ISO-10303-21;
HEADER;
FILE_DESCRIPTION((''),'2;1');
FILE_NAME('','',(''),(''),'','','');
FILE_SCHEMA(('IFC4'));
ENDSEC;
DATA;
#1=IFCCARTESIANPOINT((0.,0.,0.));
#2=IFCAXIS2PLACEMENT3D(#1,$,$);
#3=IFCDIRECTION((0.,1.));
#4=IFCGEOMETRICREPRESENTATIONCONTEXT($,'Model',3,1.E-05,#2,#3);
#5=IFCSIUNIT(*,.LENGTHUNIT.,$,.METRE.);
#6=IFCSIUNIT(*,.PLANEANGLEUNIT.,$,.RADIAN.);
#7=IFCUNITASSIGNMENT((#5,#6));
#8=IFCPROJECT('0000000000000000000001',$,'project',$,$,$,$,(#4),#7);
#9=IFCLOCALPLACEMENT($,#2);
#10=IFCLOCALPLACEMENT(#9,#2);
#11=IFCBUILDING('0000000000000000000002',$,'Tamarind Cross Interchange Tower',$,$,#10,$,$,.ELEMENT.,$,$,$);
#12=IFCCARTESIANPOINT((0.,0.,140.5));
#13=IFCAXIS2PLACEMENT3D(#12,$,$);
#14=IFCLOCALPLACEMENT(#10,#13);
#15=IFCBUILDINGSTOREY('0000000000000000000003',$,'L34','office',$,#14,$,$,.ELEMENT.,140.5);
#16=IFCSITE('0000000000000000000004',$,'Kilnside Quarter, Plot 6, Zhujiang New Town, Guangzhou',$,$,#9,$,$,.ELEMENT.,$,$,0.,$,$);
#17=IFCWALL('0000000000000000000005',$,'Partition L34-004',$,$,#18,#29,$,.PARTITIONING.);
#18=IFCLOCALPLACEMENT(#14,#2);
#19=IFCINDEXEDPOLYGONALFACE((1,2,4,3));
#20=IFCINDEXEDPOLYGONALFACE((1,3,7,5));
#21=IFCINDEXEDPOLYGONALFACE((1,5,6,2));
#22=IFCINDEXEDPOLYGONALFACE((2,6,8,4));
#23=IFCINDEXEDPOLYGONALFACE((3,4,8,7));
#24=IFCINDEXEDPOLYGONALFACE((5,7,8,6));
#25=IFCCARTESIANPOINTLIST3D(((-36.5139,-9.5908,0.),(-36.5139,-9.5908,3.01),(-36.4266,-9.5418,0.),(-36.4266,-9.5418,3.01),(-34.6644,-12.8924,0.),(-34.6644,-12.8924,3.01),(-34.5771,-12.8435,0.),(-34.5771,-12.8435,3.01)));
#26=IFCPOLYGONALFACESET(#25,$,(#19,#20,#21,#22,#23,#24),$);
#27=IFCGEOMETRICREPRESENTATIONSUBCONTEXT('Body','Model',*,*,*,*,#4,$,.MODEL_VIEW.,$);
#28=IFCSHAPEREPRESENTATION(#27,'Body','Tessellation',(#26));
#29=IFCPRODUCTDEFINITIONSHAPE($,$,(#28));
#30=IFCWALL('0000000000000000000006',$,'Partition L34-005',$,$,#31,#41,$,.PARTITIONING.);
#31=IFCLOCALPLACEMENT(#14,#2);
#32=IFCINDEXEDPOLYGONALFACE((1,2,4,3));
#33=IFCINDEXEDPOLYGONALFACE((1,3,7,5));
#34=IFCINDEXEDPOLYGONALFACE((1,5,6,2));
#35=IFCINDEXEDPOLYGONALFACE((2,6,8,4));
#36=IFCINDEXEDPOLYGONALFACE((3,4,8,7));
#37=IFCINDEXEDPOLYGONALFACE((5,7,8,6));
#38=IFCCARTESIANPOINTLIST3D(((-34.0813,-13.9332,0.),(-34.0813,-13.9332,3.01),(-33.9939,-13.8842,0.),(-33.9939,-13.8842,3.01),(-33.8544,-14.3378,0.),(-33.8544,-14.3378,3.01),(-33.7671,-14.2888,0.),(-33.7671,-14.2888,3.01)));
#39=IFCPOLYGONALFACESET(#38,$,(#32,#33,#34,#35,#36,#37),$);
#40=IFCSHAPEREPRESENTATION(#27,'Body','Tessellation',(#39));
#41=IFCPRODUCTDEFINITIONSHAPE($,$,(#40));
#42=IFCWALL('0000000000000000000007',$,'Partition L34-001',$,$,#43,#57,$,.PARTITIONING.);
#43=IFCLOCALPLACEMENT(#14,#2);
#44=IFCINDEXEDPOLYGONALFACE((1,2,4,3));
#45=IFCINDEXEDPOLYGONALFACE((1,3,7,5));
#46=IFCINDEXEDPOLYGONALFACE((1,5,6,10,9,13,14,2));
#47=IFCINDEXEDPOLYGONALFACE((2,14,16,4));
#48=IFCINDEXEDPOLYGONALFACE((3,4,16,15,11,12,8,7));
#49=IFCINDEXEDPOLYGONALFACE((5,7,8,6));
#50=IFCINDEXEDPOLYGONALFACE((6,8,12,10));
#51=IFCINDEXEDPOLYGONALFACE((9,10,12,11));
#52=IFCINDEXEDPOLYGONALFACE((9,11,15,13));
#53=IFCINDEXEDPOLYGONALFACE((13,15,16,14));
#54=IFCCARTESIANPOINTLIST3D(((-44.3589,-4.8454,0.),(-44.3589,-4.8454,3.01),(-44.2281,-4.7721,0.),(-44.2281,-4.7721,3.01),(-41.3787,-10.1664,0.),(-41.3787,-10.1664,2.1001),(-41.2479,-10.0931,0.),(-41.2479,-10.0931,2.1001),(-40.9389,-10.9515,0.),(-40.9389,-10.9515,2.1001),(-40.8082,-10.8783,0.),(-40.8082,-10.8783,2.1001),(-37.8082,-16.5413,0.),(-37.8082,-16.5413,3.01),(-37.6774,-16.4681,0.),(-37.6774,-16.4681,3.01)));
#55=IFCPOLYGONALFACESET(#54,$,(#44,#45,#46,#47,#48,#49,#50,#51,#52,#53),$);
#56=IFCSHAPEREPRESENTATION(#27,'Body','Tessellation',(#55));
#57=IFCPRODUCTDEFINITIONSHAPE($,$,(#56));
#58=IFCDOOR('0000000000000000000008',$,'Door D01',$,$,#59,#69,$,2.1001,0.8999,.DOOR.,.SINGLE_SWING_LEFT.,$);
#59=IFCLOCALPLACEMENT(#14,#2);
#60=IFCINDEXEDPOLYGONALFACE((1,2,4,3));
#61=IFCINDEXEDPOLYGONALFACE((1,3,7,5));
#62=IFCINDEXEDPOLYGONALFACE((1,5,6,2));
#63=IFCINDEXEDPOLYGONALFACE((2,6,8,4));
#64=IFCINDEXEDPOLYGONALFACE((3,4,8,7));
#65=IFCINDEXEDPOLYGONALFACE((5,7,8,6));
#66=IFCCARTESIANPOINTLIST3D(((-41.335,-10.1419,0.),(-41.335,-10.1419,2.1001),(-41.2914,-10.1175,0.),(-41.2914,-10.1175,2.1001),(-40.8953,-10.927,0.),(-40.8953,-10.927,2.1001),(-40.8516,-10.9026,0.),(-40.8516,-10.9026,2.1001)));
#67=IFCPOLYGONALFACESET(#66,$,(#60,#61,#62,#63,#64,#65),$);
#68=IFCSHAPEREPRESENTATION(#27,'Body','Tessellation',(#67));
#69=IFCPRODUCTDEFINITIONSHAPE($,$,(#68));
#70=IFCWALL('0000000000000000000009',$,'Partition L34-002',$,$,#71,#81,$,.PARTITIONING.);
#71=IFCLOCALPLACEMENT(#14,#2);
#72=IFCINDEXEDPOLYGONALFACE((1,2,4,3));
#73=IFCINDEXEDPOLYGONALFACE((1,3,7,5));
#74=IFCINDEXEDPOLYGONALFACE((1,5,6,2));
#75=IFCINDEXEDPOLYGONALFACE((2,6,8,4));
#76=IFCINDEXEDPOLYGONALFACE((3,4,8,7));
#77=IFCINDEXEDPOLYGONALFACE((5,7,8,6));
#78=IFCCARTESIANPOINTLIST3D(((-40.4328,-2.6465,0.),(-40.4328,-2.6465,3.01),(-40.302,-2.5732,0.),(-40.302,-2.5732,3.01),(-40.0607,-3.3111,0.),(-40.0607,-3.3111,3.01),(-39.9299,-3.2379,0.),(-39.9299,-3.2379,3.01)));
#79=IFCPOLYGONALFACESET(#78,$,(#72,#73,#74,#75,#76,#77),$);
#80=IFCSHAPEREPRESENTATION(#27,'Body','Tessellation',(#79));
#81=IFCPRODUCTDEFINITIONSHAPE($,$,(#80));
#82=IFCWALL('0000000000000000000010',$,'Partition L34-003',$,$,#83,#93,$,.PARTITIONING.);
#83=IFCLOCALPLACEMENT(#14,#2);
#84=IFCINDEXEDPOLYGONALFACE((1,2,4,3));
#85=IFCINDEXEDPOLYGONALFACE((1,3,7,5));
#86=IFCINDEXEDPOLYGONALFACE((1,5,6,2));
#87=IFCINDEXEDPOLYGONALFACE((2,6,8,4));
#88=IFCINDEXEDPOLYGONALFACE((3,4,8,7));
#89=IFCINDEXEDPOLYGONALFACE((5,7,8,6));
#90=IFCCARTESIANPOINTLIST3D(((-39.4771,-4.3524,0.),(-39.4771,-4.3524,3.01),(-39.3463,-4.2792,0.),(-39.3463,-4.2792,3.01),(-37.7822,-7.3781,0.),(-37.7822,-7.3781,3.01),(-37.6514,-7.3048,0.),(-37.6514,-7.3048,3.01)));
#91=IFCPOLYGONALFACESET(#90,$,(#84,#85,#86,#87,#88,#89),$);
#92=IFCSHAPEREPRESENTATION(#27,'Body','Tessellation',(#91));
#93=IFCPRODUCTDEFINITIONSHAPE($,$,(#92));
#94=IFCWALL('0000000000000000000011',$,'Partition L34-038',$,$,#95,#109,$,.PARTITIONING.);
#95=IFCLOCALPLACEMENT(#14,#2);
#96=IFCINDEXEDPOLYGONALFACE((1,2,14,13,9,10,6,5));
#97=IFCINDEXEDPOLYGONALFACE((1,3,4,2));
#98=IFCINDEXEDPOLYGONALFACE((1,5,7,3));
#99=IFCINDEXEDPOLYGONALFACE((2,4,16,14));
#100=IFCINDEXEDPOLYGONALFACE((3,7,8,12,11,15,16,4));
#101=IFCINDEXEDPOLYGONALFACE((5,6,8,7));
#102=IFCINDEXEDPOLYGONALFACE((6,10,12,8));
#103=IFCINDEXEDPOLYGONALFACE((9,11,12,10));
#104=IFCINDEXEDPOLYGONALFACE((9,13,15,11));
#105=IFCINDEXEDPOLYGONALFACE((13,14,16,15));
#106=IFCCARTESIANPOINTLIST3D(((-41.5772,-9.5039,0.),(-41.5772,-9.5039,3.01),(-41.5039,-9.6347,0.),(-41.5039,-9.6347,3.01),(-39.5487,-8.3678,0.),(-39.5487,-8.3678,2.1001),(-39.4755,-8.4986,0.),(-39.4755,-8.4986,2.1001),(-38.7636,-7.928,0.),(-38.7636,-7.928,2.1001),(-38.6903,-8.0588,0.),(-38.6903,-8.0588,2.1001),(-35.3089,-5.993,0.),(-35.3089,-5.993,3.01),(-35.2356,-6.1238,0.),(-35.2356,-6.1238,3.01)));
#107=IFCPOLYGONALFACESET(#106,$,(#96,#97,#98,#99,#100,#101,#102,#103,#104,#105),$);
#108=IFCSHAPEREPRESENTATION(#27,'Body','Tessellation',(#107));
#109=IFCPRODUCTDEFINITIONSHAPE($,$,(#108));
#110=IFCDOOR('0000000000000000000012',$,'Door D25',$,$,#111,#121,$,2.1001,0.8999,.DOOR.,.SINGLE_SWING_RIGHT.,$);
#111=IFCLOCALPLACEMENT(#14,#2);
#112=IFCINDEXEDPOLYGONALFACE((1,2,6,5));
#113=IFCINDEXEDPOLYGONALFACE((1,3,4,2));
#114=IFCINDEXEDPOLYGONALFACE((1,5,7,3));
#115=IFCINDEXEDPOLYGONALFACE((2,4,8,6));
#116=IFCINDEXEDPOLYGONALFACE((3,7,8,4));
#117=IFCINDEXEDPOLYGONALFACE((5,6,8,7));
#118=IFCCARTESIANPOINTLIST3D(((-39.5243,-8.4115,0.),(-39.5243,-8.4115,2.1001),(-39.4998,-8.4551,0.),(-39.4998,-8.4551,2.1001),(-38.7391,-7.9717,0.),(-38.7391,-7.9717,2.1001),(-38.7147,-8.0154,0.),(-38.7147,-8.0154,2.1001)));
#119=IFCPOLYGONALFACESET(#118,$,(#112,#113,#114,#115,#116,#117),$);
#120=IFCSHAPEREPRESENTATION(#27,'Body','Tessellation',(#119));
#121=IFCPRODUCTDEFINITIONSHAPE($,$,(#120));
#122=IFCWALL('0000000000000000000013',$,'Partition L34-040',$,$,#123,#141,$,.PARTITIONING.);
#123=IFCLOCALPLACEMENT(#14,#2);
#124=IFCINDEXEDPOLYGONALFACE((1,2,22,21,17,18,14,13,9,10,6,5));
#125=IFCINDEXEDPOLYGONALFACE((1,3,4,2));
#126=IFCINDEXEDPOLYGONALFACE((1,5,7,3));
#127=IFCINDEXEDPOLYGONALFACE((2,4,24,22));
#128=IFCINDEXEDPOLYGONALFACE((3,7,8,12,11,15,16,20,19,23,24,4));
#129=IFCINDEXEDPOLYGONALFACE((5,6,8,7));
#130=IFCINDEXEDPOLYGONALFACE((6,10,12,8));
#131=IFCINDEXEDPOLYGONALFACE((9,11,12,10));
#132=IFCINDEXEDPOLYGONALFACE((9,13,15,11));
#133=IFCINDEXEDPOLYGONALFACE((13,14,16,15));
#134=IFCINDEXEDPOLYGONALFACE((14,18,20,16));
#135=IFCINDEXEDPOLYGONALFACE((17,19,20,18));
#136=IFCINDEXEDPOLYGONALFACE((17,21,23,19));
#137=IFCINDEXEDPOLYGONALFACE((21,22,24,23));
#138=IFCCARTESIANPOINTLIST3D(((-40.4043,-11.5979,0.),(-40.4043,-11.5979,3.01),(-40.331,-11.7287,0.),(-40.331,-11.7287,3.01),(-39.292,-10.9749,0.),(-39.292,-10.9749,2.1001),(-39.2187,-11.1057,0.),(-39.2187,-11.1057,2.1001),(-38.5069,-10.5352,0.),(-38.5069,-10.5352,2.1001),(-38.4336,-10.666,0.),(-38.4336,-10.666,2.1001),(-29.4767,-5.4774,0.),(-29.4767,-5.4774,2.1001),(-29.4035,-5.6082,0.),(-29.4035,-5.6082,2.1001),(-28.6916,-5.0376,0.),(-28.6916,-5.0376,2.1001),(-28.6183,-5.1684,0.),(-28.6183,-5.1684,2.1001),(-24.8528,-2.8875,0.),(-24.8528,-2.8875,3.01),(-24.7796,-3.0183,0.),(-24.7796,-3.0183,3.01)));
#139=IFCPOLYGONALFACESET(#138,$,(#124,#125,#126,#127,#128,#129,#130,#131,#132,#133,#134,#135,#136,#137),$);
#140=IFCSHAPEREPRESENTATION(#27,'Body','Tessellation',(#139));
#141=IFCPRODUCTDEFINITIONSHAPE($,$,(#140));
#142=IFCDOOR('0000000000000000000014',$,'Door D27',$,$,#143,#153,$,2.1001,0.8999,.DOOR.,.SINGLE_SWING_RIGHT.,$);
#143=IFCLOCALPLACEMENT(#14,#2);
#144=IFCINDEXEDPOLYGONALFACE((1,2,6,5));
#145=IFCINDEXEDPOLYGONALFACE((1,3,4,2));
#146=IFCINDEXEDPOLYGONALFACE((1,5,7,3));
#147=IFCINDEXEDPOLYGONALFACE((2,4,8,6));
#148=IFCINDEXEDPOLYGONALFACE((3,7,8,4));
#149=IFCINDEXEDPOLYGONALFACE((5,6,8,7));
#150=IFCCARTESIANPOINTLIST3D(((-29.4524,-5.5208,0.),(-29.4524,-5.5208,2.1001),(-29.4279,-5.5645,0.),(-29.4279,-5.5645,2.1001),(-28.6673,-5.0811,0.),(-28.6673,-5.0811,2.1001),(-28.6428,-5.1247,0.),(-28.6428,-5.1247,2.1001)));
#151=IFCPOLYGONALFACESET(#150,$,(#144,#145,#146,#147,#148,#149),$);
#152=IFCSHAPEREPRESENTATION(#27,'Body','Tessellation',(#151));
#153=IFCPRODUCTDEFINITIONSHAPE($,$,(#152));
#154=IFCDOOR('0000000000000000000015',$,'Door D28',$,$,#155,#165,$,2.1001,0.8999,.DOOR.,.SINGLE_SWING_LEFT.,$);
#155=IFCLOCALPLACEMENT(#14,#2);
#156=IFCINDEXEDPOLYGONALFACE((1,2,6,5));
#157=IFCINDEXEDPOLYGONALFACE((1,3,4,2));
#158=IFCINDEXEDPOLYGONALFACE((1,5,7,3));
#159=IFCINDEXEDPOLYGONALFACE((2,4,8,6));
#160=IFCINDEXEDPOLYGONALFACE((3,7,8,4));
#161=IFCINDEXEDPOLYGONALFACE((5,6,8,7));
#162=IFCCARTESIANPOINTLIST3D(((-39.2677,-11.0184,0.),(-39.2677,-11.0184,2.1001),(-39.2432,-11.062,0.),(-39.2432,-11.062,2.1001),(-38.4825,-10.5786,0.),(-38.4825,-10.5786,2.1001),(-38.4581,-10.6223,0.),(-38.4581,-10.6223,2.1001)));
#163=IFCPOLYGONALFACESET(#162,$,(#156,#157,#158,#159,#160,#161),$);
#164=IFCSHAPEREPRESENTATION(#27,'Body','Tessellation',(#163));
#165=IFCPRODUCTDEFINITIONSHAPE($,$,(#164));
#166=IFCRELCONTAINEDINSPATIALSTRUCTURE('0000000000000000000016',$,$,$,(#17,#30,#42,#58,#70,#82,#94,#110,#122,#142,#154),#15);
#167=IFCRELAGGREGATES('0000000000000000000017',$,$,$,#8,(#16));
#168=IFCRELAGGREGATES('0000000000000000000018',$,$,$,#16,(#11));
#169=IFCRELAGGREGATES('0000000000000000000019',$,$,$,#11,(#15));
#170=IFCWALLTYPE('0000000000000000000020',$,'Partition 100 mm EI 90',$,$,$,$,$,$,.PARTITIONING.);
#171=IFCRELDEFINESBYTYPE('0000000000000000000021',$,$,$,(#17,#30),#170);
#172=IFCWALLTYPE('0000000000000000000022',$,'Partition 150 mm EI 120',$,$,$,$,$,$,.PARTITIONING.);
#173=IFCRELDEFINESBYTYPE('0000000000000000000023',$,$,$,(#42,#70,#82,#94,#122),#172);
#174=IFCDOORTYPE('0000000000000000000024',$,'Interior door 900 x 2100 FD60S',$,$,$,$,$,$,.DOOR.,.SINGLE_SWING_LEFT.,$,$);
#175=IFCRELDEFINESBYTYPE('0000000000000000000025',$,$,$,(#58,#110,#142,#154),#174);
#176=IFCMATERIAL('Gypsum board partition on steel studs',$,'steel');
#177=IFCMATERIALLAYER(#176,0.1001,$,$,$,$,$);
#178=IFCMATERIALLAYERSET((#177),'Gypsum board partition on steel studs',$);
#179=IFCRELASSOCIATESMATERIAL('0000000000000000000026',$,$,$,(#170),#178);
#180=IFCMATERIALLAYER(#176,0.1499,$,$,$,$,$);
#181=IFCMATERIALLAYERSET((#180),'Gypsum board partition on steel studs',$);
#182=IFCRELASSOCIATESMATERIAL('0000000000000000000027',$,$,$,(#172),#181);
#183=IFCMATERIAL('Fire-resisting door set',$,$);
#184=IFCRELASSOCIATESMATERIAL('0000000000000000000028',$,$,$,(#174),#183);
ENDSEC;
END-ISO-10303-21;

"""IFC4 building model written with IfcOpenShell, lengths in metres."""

from ifc_helpers import new_model, si_unit, direction, frame, frame_2d, origin, place, context, subcontext, project, spatial, rectangle, extrude, material, layer, layer_set, type_object, element, fill, save


model = new_model("IFC4")

# Units and contexts
model_context = context("Model", 3, precision=1e-05, world=origin(), true_north=direction((0.0, 1.0)))
body_context = subcontext(model_context, "Body", "Model", "MODEL_VIEW")
ifc_project = project(units=[si_unit("LENGTHUNIT", "METRE"), si_unit("PLANEANGLEUNIT", "RADIAN")], contexts=[model_context])

# Site, building, storey
site_placement = place(None, origin())
site = spatial("IfcSite", under=ifc_project, at=site_placement, Name="Kilnside Quarter, Plot 6, Zhujiang New Town, Guangzhou", CompositionType="ELEMENT", RefElevation=0.0)
building_placement = place(site_placement, origin())
building = spatial("IfcBuilding", under=site, at=building_placement, Name="Tamarind Cross Interchange Tower", CompositionType="ELEMENT")
storey_placement = place(building_placement, frame((0.0, 0.0, 140.5)))
storey = spatial("IfcBuildingStorey", under=building, at=storey_placement, Name="L34", Description="office", CompositionType="ELEMENT", Elevation=140.5)

# Walls
ifc_material_1 = material(Name="Gypsum board partition on steel studs", Category="steel")
ifc_layer_1 = layer(ifc_material_1, 0.1001)
ifc_layer_set_1 = layer_set([ifc_layer_1], Name="Gypsum board partition on steel studs")
wall_type_1 = type_object("IfcWallType", Name="Partition 100 mm EI 90", PredefinedType="PARTITIONING", material=ifc_layer_set_1)
wall_1_placement = place(storey_placement, frame((-36.4702, -9.5664, 0.0), z_axis=(0.0, 0.0, 1.0), x_axis=(0.488729, -0.872436, 0.0)))
element("IfcWall", 1, at=wall_1_placement, inside=storey, type_object=wall_type_1, Name="Partition L34-004", PredefinedType="PARTITIONING", context=body_context, shape_type="SweptSolid", body=[
    extrude(rectangle(XDim=3.7844, YDim=0.1001, at=frame_2d((1.8921, 0.0))), origin(), (0.0, 0.0, 1.0), 3.01),
])
wall_2_placement = place(storey_placement, frame((-34.0376, -13.9087, 0.0), z_axis=(0.0, 0.0, 1.0), x_axis=(0.489036, -0.872264, 0.0)))
element("IfcWall", 2, at=wall_2_placement, inside=storey, type_object=wall_type_1, Name="Partition L34-005", PredefinedType="PARTITIONING", context=body_context, shape_type="SweptSolid", body=[
    extrude(rectangle(XDim=0.4639, YDim=0.1001, at=frame_2d((0.2319, 0.0))), origin(), (0.0, 0.0, 1.0), 3.01),
])

# Wall, opening, door
ifc_layer_2 = layer(ifc_material_1, 0.1499)
ifc_layer_set_2 = layer_set([ifc_layer_2], Name="Gypsum board partition on steel studs")
wall_type_2 = type_object("IfcWallType", Name="Partition 150 mm EI 120", PredefinedType="PARTITIONING", material=ifc_layer_set_2)
wall_3_placement = place(storey_placement, frame((-44.2935, -4.8088, 0.0), z_axis=(0.0, 0.0, 1.0), x_axis=(0.48866, -0.872474, 0.0)))
wall_3 = element("IfcWall", 3, at=wall_3_placement, inside=storey, type_object=wall_type_2, Name="Partition L34-001", PredefinedType="PARTITIONING", context=body_context, shape_type="SweptSolid", body=[
    extrude(rectangle(XDim=13.4055, YDim=0.1499, at=frame_2d((6.7026, 0.0))), origin(), (0.0, 0.0, 1.0), 3.01),
])
opening_1_placement = place(wall_3_placement, frame((6.0986, 0.0, 0.0)))
opening_1 = element("IfcOpeningElement", 4, at=opening_1_placement, cuts=wall_3, PredefinedType="OPENING", context=body_context, shape_type="SweptSolid", body=[
    extrude(rectangle(XDim=0.8999, YDim=2.1001, at=frame_2d((0.45, 1.05))), frame((0.0, 0.085, 0.0), z_axis=(0.0, -1.0, 0.0), x_axis=(1.0, 0.0, 0.0)), (0.0, 0.0, 1.0), 0.1699),
])
ifc_material_2 = material(Name="Fire-resisting door set")
door_type = type_object("IfcDoorType", Name="Interior door 900 x 2100 FD60S", OperationType="SINGLE_SWING_LEFT", PredefinedType="DOOR", material=ifc_material_2)
door_1_placement = place(opening_1_placement, frame((0.8999, 0.0, 0.0), z_axis=(0.0, 0.0, 1.0), x_axis=(-1.0, 0.0, 0.0)))
door_1 = element("IfcDoor", 5, at=door_1_placement, inside=storey, type_object=door_type, Name="Door D01", OperationType="SINGLE_SWING_LEFT", OverallHeight=2.1001, OverallWidth=0.8999, PredefinedType="DOOR", context=body_context, shape_type="SweptSolid", body=[
    extrude(rectangle(XDim=0.8999, YDim=2.1001, at=frame_2d((0.45, 1.05))), frame((0.0, 0.0249, 0.0), z_axis=(0.0, -1.0, 0.0), x_axis=(1.0, 0.0, 0.0)), (0.0, 0.0, 1.0), 0.05),
])
fill(opening_1, door_1)

# Walls
wall_4_placement = place(storey_placement, frame((-40.3674, -2.6099, 0.0), z_axis=(0.0, 0.0, 1.0), x_axis=(0.488525, -0.87255, 0.0)))
element("IfcWall", 6, at=wall_4_placement, inside=storey, type_object=wall_type_2, Name="Partition L34-002", PredefinedType="PARTITIONING", context=body_context, shape_type="SweptSolid", body=[
    extrude(rectangle(XDim=0.7617, YDim=0.1499, at=frame_2d((0.3809, 0.0))), origin(), (0.0, 0.0, 1.0), 3.01),
])
wall_5_placement = place(storey_placement, frame((-39.4116, -4.3159, 0.0), z_axis=(0.0, 0.0, 1.0), x_axis=(0.488706, -0.872448, 0.0)))
element("IfcWall", 7, at=wall_5_placement, inside=storey, type_object=wall_type_2, Name="Partition L34-003", PredefinedType="PARTITIONING", context=body_context, shape_type="SweptSolid", body=[
    extrude(rectangle(XDim=3.468, YDim=0.1499, at=frame_2d((1.7339, 0.0))), origin(), (0.0, 0.0, 1.0), 3.01),
])

# Wall, opening, door
wall_6_placement = place(storey_placement, frame((-41.5405, -9.5693, 0.0), z_axis=(0.0, 0.0, 1.0), x_axis=(0.872463, 0.488681, 0.0)))
wall_6 = element("IfcWall", 8, at=wall_6_placement, inside=storey, type_object=wall_type_2, Name="Partition L34-038", PredefinedType="PARTITIONING", context=body_context, shape_type="SweptSolid", body=[
    extrude(rectangle(XDim=7.1846, YDim=0.1499, at=frame_2d((3.5923, 0.0))), origin(), (0.0, 0.0, 1.0), 3.01),
])
opening_2_placement = place(wall_6_placement, frame((2.325, 0.0, 0.0)))
opening_2 = element("IfcOpeningElement", 9, at=opening_2_placement, cuts=wall_6, PredefinedType="OPENING", context=body_context, shape_type="SweptSolid", body=[
    extrude(rectangle(XDim=0.8999, YDim=2.1001, at=frame_2d((0.45, 1.05))), frame((0.0, 0.085, 0.0), z_axis=(0.0, -1.0, 0.0), x_axis=(1.0, 0.0, 0.0)), (0.0, 0.0, 1.0), 0.1699),
])
door_2_placement = place(opening_2_placement, origin())
door_2 = element("IfcDoor", 10, at=door_2_placement, inside=storey, type_object=door_type, Name="Door D25", OperationType="SINGLE_SWING_RIGHT", OverallHeight=2.1001, OverallWidth=0.8999, PredefinedType="DOOR", context=body_context, shape_type="SweptSolid", body=[
    extrude(rectangle(XDim=0.8999, YDim=2.1001, at=frame_2d((0.45, 1.05))), frame((0.0, 0.0249, 0.0), z_axis=(0.0, -1.0, 0.0), x_axis=(1.0, 0.0, 0.0)), (0.0, 0.0, 1.0), 0.05),
])
fill(opening_2, door_2)

# Wall, openings, doors
wall_7_placement = place(storey_placement, frame((-40.3677, -11.6633, 0.0), z_axis=(0.0, 0.0, 1.0), x_axis=(0.872468, 0.488672, 0.0)))
wall_7 = element("IfcWall", 11, at=wall_7_placement, inside=storey, type_object=wall_type_2, Name="Partition L34-040", PredefinedType="PARTITIONING", context=body_context, shape_type="SweptSolid", body=[
    extrude(rectangle(XDim=17.8247, YDim=0.1499, at=frame_2d((8.9124, 0.0))), origin(), (0.0, 0.0, 1.0), 3.01),
])
opening_3_placement = place(wall_7_placement, frame((12.5249, 0.0, 0.0)))
opening_3 = element("IfcOpeningElement", 12, at=opening_3_placement, cuts=wall_7, PredefinedType="OPENING", context=body_context, shape_type="SweptSolid", body=[
    extrude(rectangle(XDim=0.8999, YDim=2.1001, at=frame_2d((0.45, 1.05))), frame((0.0, 0.085, 0.0), z_axis=(0.0, -1.0, 0.0), x_axis=(1.0, 0.0, 0.0)), (0.0, 0.0, 1.0), 0.1699),
])
opening_4_placement = place(wall_7_placement, frame((1.2749, 0.0, 0.0)))
opening_4 = element("IfcOpeningElement", 13, at=opening_4_placement, cuts=wall_7, PredefinedType="OPENING", context=body_context, shape_type="SweptSolid", body=[
    extrude(rectangle(XDim=0.8999, YDim=2.1001, at=frame_2d((0.45, 1.05))), frame((0.0, 0.085, 0.0), z_axis=(0.0, -1.0, 0.0), x_axis=(1.0, 0.0, 0.0)), (0.0, 0.0, 1.0), 0.1699),
])
door_3_placement = place(opening_3_placement, frame((0.8999, 0.0, 0.0), z_axis=(0.0, 0.0, 1.0), x_axis=(-1.0, 0.0, 0.0)))
door_3 = element("IfcDoor", 14, at=door_3_placement, inside=storey, type_object=door_type, Name="Door D27", OperationType="SINGLE_SWING_RIGHT", OverallHeight=2.1001, OverallWidth=0.8999, PredefinedType="DOOR", context=body_context, shape_type="SweptSolid", body=[
    extrude(rectangle(XDim=0.8999, YDim=2.1001, at=frame_2d((0.45, 1.05))), frame((0.0, 0.0249, 0.0), z_axis=(0.0, -1.0, 0.0), x_axis=(1.0, 0.0, 0.0)), (0.0, 0.0, 1.0), 0.05),
])
fill(opening_3, door_3)
door_4_placement = place(opening_4_placement, frame((0.8999, 0.0, 0.0), z_axis=(0.0, 0.0, 1.0), x_axis=(-1.0, 0.0, 0.0)))
door_4 = element("IfcDoor", 15, at=door_4_placement, inside=storey, type_object=door_type, Name="Door D28", OperationType="SINGLE_SWING_LEFT", OverallHeight=2.1001, OverallWidth=0.8999, PredefinedType="DOOR", context=body_context, shape_type="SweptSolid", body=[
    extrude(rectangle(XDim=0.8999, YDim=2.1001, at=frame_2d((0.45, 1.05))), frame((0.0, 0.0249, 0.0), z_axis=(0.0, -1.0, 0.0), x_axis=(1.0, 0.0, 0.0)), (0.0, 0.0, 1.0), 0.05),
])
fill(opening_4, door_4)

save(model, "model.ifc")
